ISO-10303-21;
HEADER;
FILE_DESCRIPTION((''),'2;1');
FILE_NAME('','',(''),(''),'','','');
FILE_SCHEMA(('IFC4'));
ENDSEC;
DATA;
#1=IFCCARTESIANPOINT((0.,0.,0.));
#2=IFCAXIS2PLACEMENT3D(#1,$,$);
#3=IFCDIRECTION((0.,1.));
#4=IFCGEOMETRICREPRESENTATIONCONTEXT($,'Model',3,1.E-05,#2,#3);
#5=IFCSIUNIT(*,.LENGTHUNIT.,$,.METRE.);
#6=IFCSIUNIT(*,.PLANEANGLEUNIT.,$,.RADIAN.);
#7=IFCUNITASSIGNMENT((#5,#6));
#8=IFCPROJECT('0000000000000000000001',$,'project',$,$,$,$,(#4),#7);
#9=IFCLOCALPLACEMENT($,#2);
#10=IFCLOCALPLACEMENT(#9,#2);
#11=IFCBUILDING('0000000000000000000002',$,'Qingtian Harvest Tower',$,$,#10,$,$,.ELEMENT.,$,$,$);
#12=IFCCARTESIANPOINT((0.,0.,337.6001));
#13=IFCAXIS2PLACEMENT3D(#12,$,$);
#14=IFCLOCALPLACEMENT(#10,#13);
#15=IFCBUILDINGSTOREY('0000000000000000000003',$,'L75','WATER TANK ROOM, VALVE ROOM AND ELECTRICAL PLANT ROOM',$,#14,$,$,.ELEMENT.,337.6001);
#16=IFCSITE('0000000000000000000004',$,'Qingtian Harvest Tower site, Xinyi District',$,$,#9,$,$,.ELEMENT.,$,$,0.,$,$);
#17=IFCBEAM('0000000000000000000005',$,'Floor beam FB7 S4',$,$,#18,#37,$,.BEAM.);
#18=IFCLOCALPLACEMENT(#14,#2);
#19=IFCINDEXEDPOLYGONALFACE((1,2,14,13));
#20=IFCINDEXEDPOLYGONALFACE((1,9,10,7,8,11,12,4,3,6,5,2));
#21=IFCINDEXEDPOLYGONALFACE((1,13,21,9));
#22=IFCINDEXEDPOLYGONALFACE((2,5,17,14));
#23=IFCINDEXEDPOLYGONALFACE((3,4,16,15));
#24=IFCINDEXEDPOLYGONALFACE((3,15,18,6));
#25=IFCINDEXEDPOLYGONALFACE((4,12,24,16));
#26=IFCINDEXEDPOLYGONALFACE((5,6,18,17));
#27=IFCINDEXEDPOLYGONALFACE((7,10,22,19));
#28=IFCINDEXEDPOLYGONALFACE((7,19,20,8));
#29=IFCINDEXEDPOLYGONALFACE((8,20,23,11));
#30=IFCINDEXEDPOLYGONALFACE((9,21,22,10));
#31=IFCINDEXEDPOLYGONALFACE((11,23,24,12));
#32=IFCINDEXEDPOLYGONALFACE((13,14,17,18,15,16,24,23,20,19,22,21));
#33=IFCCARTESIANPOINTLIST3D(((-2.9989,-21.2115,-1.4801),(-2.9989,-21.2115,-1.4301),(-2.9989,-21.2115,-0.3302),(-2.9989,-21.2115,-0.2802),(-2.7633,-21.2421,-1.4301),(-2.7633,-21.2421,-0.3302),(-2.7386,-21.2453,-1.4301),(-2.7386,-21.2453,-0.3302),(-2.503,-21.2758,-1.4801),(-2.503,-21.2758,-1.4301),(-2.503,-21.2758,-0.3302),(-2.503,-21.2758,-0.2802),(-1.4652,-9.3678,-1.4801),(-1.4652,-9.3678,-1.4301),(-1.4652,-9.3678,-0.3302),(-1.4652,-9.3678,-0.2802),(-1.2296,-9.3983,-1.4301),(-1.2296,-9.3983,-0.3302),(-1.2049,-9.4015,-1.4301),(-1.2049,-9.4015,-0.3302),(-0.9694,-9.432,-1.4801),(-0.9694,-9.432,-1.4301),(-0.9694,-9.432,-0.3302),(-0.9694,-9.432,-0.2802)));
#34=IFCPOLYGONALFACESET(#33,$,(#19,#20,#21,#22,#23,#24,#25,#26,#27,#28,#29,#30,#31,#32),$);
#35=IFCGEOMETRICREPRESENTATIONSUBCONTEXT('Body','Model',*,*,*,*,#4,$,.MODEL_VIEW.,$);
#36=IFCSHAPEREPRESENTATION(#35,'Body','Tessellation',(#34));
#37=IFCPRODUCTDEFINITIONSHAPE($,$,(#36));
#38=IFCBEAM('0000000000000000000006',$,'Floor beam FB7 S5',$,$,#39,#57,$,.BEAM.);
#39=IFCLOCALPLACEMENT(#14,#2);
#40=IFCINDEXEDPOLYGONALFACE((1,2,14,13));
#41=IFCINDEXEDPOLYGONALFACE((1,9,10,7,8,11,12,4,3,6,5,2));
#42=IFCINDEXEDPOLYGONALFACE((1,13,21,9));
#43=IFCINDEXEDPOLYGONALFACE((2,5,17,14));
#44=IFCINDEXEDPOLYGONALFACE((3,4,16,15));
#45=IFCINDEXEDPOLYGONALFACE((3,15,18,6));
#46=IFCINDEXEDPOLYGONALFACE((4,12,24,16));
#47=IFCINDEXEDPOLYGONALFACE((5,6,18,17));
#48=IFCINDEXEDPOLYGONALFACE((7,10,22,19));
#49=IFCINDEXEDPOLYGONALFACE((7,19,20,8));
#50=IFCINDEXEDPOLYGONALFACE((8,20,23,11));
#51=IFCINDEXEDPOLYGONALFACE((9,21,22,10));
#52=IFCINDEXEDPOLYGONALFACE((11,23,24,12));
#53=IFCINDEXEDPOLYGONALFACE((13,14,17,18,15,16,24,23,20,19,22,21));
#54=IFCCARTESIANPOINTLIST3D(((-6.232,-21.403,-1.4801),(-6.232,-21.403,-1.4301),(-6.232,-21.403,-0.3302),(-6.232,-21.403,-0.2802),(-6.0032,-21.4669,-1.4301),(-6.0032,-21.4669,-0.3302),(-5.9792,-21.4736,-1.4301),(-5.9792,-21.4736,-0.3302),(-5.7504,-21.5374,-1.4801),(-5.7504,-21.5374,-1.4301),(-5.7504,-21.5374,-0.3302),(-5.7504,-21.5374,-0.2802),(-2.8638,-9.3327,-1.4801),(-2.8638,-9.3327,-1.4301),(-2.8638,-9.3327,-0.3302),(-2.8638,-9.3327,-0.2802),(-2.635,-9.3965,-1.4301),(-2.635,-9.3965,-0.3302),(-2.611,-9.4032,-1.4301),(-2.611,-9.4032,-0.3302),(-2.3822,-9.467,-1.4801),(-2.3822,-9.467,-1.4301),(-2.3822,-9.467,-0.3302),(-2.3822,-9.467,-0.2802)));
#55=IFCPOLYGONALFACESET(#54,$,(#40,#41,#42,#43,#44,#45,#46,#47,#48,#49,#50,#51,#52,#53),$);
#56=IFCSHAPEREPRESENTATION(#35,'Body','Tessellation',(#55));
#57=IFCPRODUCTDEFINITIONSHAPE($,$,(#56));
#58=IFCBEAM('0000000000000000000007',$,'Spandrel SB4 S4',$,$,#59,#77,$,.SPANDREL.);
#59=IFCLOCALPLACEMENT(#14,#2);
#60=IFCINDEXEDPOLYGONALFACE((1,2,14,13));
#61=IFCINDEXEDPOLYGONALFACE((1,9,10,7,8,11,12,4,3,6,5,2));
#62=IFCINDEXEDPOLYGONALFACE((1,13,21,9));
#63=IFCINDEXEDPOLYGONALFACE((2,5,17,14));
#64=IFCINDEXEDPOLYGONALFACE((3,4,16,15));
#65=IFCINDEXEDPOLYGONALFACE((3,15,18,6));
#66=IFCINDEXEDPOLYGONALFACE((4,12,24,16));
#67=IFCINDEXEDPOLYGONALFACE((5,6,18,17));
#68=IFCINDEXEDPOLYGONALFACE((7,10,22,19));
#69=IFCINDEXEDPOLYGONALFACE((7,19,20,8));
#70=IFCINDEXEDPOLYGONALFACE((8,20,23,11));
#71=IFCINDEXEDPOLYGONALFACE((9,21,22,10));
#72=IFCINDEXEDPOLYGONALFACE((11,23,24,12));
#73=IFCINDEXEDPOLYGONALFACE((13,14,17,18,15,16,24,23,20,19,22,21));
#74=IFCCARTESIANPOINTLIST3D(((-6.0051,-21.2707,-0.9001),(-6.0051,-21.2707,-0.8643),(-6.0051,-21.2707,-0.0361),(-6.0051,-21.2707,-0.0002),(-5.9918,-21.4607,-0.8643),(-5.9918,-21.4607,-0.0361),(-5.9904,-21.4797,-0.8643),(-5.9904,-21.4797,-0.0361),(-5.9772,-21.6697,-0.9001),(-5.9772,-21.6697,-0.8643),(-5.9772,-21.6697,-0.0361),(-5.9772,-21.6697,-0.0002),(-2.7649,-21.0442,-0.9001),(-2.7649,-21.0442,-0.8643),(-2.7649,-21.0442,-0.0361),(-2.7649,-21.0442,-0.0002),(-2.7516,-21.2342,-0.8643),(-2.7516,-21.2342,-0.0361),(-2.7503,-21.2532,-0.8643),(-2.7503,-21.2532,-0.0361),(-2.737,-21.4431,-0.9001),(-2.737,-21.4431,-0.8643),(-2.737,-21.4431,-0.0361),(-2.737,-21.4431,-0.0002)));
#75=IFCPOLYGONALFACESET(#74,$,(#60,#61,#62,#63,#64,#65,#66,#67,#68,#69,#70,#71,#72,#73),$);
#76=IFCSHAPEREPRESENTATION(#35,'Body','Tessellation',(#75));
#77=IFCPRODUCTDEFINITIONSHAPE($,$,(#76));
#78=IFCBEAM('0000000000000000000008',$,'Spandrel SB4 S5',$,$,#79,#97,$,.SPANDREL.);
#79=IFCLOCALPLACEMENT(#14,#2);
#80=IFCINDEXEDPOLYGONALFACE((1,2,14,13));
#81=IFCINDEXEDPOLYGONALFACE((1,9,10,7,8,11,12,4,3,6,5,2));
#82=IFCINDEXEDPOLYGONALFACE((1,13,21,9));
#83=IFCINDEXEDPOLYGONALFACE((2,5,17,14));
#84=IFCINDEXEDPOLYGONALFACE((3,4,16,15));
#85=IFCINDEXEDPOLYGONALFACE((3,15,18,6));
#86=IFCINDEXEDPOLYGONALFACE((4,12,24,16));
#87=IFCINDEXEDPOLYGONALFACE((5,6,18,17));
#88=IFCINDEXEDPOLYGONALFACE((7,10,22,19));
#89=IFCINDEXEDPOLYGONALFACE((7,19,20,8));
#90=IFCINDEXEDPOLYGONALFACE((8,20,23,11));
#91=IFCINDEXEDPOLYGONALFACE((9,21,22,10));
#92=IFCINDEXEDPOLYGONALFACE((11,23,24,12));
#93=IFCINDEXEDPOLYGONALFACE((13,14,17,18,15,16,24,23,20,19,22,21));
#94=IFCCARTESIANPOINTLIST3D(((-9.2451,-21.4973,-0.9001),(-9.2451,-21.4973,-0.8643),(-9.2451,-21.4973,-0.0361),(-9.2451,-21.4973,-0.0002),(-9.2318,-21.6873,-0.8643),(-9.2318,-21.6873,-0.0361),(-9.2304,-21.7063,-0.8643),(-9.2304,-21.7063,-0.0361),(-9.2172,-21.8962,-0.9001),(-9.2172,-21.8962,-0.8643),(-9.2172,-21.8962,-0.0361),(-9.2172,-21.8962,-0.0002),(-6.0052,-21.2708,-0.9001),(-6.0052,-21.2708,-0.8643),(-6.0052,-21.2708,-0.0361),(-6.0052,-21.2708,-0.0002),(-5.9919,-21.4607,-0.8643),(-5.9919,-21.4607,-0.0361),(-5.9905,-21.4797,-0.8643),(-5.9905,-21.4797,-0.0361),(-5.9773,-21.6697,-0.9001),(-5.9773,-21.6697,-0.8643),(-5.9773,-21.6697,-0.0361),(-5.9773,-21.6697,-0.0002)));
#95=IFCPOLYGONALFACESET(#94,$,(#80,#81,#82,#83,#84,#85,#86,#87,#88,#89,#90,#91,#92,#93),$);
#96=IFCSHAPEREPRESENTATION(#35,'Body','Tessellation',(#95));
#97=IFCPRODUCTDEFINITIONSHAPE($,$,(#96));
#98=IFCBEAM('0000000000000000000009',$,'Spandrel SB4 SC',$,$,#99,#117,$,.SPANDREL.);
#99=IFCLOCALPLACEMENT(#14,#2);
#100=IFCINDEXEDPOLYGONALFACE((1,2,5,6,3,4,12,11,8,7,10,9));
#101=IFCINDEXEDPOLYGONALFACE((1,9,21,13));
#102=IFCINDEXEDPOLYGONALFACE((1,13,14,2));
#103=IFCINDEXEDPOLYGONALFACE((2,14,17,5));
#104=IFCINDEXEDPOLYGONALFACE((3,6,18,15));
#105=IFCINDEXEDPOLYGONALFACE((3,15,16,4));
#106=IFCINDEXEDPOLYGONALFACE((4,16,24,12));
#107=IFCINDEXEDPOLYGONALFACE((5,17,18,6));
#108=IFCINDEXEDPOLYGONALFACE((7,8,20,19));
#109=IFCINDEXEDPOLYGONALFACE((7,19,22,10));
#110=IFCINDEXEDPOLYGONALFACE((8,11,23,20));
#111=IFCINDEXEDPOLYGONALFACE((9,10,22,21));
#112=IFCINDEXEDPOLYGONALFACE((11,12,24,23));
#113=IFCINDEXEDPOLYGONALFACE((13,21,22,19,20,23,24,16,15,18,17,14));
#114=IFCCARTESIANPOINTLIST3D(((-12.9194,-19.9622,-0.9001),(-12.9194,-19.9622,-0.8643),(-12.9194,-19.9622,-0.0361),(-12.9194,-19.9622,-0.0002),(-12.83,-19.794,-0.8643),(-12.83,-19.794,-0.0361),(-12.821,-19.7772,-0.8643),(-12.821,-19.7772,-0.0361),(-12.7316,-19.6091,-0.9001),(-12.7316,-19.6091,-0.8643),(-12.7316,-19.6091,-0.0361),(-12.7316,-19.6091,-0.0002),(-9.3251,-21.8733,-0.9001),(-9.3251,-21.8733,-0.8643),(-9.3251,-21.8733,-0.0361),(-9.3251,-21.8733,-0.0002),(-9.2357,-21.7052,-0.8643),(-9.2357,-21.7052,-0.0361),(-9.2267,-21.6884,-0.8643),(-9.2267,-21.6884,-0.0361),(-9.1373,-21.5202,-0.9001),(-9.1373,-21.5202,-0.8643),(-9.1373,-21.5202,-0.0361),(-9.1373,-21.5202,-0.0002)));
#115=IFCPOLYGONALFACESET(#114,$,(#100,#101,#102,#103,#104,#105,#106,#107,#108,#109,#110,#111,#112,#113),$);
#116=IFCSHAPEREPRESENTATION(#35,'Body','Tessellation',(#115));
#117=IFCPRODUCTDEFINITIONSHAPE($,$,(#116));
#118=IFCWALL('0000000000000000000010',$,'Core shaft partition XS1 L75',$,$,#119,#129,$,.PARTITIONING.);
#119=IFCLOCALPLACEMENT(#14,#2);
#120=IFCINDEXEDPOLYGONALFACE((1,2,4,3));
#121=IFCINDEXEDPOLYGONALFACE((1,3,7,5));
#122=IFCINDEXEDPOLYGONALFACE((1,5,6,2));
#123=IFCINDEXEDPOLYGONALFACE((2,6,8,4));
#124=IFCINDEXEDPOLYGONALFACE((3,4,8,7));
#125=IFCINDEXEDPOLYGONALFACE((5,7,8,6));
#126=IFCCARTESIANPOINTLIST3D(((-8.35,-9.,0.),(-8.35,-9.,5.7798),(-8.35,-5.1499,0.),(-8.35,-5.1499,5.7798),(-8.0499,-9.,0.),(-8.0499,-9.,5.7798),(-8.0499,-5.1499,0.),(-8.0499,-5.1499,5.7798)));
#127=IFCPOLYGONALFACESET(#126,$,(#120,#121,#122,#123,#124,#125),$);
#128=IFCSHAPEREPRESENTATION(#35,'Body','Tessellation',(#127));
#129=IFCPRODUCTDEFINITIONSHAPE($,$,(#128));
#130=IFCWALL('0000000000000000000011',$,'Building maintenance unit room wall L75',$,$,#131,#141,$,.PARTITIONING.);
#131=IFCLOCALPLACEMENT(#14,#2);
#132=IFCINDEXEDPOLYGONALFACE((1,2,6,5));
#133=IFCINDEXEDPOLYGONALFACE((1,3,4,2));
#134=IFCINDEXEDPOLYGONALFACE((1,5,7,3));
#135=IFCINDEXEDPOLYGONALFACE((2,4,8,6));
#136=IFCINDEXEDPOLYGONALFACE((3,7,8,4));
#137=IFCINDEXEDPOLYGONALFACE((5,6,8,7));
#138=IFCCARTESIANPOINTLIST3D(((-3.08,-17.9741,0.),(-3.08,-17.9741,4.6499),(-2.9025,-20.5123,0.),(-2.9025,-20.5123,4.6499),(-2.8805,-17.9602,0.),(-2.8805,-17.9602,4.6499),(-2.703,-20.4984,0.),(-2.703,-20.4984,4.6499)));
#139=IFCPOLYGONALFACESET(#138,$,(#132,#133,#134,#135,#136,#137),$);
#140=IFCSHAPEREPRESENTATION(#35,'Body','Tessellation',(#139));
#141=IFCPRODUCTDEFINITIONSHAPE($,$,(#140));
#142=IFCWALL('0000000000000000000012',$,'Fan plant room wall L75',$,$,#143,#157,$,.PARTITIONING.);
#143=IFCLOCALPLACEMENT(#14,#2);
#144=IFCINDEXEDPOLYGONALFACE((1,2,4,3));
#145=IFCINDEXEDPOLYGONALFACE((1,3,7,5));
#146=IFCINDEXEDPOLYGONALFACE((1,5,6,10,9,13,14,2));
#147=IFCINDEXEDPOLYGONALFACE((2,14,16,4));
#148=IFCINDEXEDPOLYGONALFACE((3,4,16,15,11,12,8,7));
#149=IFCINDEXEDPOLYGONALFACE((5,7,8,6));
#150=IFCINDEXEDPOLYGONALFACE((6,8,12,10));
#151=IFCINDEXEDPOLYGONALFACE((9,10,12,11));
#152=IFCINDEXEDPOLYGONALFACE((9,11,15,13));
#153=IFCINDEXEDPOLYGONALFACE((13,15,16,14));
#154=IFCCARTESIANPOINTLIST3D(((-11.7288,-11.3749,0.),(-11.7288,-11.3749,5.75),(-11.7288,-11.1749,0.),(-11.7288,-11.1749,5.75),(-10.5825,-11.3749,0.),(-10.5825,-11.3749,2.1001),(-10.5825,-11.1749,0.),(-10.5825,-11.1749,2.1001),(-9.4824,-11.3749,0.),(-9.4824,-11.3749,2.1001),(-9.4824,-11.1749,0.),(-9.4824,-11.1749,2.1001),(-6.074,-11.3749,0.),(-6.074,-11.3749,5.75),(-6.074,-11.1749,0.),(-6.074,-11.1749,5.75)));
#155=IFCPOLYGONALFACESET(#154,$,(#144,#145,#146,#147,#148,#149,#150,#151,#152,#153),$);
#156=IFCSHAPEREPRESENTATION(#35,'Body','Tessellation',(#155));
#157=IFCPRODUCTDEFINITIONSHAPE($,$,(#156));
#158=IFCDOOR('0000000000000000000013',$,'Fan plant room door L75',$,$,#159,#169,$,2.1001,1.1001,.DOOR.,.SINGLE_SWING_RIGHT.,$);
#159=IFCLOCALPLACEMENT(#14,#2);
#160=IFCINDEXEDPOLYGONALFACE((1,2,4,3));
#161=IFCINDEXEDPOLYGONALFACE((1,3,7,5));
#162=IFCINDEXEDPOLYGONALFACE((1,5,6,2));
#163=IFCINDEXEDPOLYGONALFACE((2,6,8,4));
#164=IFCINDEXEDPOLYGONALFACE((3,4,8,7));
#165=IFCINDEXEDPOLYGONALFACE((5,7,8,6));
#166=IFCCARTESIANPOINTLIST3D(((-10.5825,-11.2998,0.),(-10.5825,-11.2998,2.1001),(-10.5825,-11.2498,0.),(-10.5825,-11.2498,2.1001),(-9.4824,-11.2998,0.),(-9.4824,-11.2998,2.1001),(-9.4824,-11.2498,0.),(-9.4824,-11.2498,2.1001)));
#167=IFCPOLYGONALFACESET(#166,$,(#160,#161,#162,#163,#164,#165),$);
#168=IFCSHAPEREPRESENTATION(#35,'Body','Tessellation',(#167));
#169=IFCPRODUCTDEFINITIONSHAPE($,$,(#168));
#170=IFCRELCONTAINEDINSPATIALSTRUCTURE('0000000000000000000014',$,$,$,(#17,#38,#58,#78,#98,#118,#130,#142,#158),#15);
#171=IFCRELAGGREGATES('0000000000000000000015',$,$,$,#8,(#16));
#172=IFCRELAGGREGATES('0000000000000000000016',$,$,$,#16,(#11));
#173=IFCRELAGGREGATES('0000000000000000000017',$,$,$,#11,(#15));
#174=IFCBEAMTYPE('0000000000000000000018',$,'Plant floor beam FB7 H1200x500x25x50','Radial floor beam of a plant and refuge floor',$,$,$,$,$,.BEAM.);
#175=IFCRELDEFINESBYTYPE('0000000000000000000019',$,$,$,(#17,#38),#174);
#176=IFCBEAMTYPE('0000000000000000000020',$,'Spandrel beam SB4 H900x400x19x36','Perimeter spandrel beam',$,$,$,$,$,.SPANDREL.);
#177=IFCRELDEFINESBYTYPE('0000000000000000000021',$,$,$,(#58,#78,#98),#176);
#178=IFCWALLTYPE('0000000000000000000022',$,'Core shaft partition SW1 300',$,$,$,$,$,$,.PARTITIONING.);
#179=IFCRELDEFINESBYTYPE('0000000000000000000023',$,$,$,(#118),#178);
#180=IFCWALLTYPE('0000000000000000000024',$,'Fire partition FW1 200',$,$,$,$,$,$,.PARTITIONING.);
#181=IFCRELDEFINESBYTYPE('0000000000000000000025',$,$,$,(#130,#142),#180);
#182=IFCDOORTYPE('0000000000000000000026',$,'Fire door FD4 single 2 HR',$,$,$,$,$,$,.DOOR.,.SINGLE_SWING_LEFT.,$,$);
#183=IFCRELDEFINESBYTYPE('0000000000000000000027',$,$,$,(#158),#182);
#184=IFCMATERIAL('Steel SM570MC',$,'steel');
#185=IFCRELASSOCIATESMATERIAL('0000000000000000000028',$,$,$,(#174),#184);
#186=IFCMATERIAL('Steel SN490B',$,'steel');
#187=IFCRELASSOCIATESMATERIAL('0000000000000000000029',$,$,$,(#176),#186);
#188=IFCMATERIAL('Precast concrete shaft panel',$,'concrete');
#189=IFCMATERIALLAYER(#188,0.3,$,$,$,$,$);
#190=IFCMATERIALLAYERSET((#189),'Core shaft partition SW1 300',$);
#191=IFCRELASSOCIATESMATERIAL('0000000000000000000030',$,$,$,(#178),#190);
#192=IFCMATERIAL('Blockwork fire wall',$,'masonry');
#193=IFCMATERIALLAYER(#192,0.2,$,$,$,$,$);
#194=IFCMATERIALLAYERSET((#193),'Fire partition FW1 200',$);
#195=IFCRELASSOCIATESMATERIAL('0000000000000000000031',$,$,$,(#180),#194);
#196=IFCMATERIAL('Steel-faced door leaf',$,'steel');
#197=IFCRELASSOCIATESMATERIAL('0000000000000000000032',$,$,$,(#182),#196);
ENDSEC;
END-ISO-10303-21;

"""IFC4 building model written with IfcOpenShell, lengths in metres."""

from ifc_helpers import new_model, si_unit, direction, frame, frame_2d, origin, origin_2d, place, context, subcontext, project, spatial, rectangle, i_section, extrude, material, layer, layer_set, material_profile, profile_set, type_object, element, fill, save


model = new_model("IFC4")

# Units and contexts
model_context = context("Model", 3, precision=1e-05, world=origin(), true_north=direction((0.0, 1.0)))
body_context = subcontext(model_context, "Body", "Model", "MODEL_VIEW")
ifc_project = project(units=[si_unit("LENGTHUNIT", "METRE"), si_unit("PLANEANGLEUNIT", "RADIAN")], contexts=[model_context])

# Site, building, storey
site_placement = place(None, origin())
site = spatial("IfcSite", under=ifc_project, at=site_placement, Name="Qingtian Harvest Tower site, Xinyi District", CompositionType="ELEMENT", RefElevation=0.0)
building_placement = place(site_placement, origin())
building = spatial("IfcBuilding", under=site, at=building_placement, Name="Qingtian Harvest Tower", CompositionType="ELEMENT")
storey_placement = place(building_placement, frame((0.0, 0.0, 337.6001)))
storey = spatial("IfcBuildingStorey", under=building, at=storey_placement, Name="L75", Description="WATER TANK ROOM, VALVE ROOM AND ELECTRICAL PLANT ROOM", CompositionType="ELEMENT", Elevation=337.6001)

# Beams
ifc_material_1 = material(Name="Steel SM570MC", Category="steel")
ifc_material_profile_1 = material_profile(ifc_material_1, i_section(OverallWidth=0.5, OverallDepth=1.2, WebThickness=0.0249, FlangeThickness=0.05, at=origin_2d()), Name="H1200x500x25x50")
ifc_profile_set_1 = profile_set([ifc_material_profile_1], Name="Steel SM570MC")
beam_type_1 = type_object("IfcBeamType", Name="Plant floor beam FB7 H1200x500x25x50", Description="Radial floor beam of a plant and refuge floor", PredefinedType="BEAM", material=ifc_profile_set_1)
beam_1_placement = place(storey_placement, frame((-2.751, -21.2437, -0.8801), z_axis=(0.128421, 0.99172, 0.0), x_axis=(-0.99172, 0.128421, 0.0)))
element("IfcBeam", 1, at=beam_1_placement, inside=storey, type_object=beam_type_1, Name="Floor beam FB7 S4", PredefinedType="BEAM", context=body_context, shape_type="SweptSolid", body=[
    extrude(i_section(OverallWidth=0.5, OverallDepth=1.2, WebThickness=0.0249, FlangeThickness=0.05, at=origin_2d()), origin(), (0.0, 0.0, 1.0), 11.9426),
])
beam_2_placement = place(storey_placement, frame((-5.9912, -21.4702, -0.8801), z_axis=(0.268777, 0.963202, 0.0), x_axis=(-0.963202, 0.268777, 0.0)))
element("IfcBeam", 2, at=beam_2_placement, inside=storey, type_object=beam_type_1, Name="Floor beam FB7 S5", PredefinedType="BEAM", context=body_context, shape_type="SweptSolid", body=[
    extrude(i_section(OverallWidth=0.5, OverallDepth=1.2, WebThickness=0.0249, FlangeThickness=0.05, at=origin_2d()), origin(), (0.0, 0.0, 1.0), 12.5315),
])
ifc_material_2 = material(Name="Steel SN490B", Category="steel")
ifc_material_profile_2 = material_profile(ifc_material_2, i_section(OverallWidth=0.3999, OverallDepth=0.8999, WebThickness=0.019, FlangeThickness=0.0359, at=origin_2d()), Name="H900x400x19x36")
ifc_profile_set_2 = profile_set([ifc_material_profile_2], Name="Steel SN490B")
beam_type_2 = type_object("IfcBeamType", Name="Spandrel beam SB4 H900x400x19x36", Description="Perimeter spandrel beam", PredefinedType="SPANDREL", material=ifc_profile_set_2)
beam_3_placement = place(storey_placement, frame((-2.751, -21.2437, -0.4502), z_axis=(-0.997564, -0.069751, 0.0), x_axis=(0.069751, -0.997564, 0.0)))
element("IfcBeam", 3, at=beam_3_placement, inside=storey, type_object=beam_type_2, Name="Spandrel SB4 S4", PredefinedType="SPANDREL", context=body_context, shape_type="SweptSolid", body=[
    extrude(i_section(OverallWidth=0.3999, OverallDepth=0.8999, WebThickness=0.019, FlangeThickness=0.0359, at=origin_2d()), origin(), (0.0, 0.0, 1.0), 3.248),
])
beam_4_placement = place(storey_placement, frame((-5.9912, -21.4702, -0.4502), z_axis=(-0.997564, -0.069757, 0.0), x_axis=(0.069757, -0.997564, 0.0)))
element("IfcBeam", 4, at=beam_4_placement, inside=storey, type_object=beam_type_2, Name="Spandrel SB4 S5", PredefinedType="SPANDREL", context=body_context, shape_type="SweptSolid", body=[
    extrude(i_section(OverallWidth=0.3999, OverallDepth=0.8999, WebThickness=0.019, FlangeThickness=0.0359, at=origin_2d()), origin(), (0.0, 0.0, 1.0), 3.2478),
])
beam_5_placement = place(storey_placement, frame((-9.2312, -21.6968, -0.4502), z_axis=(-0.882943, 0.46948, 0.0), x_axis=(-0.46948, -0.882943, 0.0)))
element("IfcBeam", 5, at=beam_5_placement, inside=storey, type_object=beam_type_2, Name="Spandrel SB4 SC", PredefinedType="SPANDREL", context=body_context, shape_type="SweptSolid", body=[
    extrude(i_section(OverallWidth=0.3999, OverallDepth=0.8999, WebThickness=0.019, FlangeThickness=0.0359, at=origin_2d()), origin(), (0.0, 0.0, 1.0), 4.0708),
])

# Walls
ifc_material_3 = material(Name="Precast concrete shaft panel", Category="concrete")
ifc_layer_1 = layer(ifc_material_3, 0.3)
ifc_layer_set_1 = layer_set([ifc_layer_1], Name="Core shaft partition SW1 300")
wall_type_1 = type_object("IfcWallType", Name="Core shaft partition SW1 300", PredefinedType="PARTITIONING", material=ifc_layer_set_1)
wall_1_placement = place(storey_placement, frame((-8.2, -9.0, 0.0), z_axis=(0.0, 0.0, 1.0), x_axis=(0.0, 1.0, 0.0)))
element("IfcWall", 6, at=wall_1_placement, inside=storey, type_object=wall_type_1, Name="Core shaft partition XS1 L75", PredefinedType="PARTITIONING", context=body_context, shape_type="SweptSolid", body=[
    extrude(rectangle(XDim=3.8501, YDim=0.3, at=frame_2d((1.925, 0.0))), origin(), (0.0, 0.0, 1.0), 5.7798),
])
ifc_material_4 = material(Name="Blockwork fire wall", Category="masonry")
ifc_layer_2 = layer(ifc_material_4, 0.2)
ifc_layer_set_2 = layer_set([ifc_layer_2], Name="Fire partition FW1 200")
wall_type_2 = type_object("IfcWallType", Name="Fire partition FW1 200", PredefinedType="PARTITIONING", material=ifc_layer_set_2)
wall_2_placement = place(storey_placement, frame((-2.8027, -20.5054, 0.0), z_axis=(0.0, 0.0, 1.0), x_axis=(-0.069754, 0.997564, 0.0)))
element("IfcWall", 7, at=wall_2_placement, inside=storey, type_object=wall_type_2, Name="Building maintenance unit room wall L75", PredefinedType="PARTITIONING", context=body_context, shape_type="SweptSolid", body=[
    extrude(rectangle(XDim=2.5444, YDim=0.2, at=frame_2d((1.2722, 0.0))), origin(), (0.0, 0.0, 1.0), 4.6499),
])

# Wall, opening, door
wall_3_placement = place(storey_placement, frame((-6.074, -11.2749, 0.0), z_axis=(0.0, 0.0, 1.0), x_axis=(-1.0, 0.0, 0.0)))
wall_3 = element("IfcWall", 8, at=wall_3_placement, inside=storey, type_object=wall_type_2, Name="Fan plant room wall L75", PredefinedType="PARTITIONING", context=body_context, shape_type="SweptSolid", body=[
    extrude(rectangle(XDim=5.6548, YDim=0.2, at=frame_2d((2.8274, 0.0))), origin(), (0.0, 0.0, 1.0), 5.75),
])
opening_1_placement = place(wall_3_placement, frame((3.4084, 0.0, 0.0)))
opening_1 = element("IfcOpeningElement", 9, at=opening_1_placement, cuts=wall_3, PredefinedType="OPENING", context=body_context, shape_type="SweptSolid", body=[
    extrude(rectangle(XDim=1.1001, YDim=2.1001, at=frame_2d((0.55, 1.05))), frame((0.0, 0.1099, 0.0), z_axis=(0.0, -1.0, 0.0), x_axis=(1.0, 0.0, 0.0)), (0.0, 0.0, 1.0), 0.22),
])
ifc_material_5 = material(Name="Steel-faced door leaf", Category="steel")
door_type = type_object("IfcDoorType", Name="Fire door FD4 single 2 HR", OperationType="SINGLE_SWING_LEFT", PredefinedType="DOOR", material=ifc_material_5)
door_1_placement = place(opening_1_placement, origin())
door_1 = element("IfcDoor", 10, at=door_1_placement, inside=storey, type_object=door_type, Name="Fan plant room door L75", OperationType="SINGLE_SWING_RIGHT", OverallHeight=2.1001, OverallWidth=1.1001, PredefinedType="DOOR", context=body_context, shape_type="SweptSolid", body=[
    extrude(rectangle(XDim=1.1001, YDim=2.1001, at=frame_2d((0.55, 1.05))), frame((0.0, 0.0249, 0.0), z_axis=(0.0, -1.0, 0.0), x_axis=(1.0, 0.0, 0.0)), (0.0, 0.0, 1.0), 0.05),
])
fill(opening_1, door_1)

save(model, "model.ifc")
